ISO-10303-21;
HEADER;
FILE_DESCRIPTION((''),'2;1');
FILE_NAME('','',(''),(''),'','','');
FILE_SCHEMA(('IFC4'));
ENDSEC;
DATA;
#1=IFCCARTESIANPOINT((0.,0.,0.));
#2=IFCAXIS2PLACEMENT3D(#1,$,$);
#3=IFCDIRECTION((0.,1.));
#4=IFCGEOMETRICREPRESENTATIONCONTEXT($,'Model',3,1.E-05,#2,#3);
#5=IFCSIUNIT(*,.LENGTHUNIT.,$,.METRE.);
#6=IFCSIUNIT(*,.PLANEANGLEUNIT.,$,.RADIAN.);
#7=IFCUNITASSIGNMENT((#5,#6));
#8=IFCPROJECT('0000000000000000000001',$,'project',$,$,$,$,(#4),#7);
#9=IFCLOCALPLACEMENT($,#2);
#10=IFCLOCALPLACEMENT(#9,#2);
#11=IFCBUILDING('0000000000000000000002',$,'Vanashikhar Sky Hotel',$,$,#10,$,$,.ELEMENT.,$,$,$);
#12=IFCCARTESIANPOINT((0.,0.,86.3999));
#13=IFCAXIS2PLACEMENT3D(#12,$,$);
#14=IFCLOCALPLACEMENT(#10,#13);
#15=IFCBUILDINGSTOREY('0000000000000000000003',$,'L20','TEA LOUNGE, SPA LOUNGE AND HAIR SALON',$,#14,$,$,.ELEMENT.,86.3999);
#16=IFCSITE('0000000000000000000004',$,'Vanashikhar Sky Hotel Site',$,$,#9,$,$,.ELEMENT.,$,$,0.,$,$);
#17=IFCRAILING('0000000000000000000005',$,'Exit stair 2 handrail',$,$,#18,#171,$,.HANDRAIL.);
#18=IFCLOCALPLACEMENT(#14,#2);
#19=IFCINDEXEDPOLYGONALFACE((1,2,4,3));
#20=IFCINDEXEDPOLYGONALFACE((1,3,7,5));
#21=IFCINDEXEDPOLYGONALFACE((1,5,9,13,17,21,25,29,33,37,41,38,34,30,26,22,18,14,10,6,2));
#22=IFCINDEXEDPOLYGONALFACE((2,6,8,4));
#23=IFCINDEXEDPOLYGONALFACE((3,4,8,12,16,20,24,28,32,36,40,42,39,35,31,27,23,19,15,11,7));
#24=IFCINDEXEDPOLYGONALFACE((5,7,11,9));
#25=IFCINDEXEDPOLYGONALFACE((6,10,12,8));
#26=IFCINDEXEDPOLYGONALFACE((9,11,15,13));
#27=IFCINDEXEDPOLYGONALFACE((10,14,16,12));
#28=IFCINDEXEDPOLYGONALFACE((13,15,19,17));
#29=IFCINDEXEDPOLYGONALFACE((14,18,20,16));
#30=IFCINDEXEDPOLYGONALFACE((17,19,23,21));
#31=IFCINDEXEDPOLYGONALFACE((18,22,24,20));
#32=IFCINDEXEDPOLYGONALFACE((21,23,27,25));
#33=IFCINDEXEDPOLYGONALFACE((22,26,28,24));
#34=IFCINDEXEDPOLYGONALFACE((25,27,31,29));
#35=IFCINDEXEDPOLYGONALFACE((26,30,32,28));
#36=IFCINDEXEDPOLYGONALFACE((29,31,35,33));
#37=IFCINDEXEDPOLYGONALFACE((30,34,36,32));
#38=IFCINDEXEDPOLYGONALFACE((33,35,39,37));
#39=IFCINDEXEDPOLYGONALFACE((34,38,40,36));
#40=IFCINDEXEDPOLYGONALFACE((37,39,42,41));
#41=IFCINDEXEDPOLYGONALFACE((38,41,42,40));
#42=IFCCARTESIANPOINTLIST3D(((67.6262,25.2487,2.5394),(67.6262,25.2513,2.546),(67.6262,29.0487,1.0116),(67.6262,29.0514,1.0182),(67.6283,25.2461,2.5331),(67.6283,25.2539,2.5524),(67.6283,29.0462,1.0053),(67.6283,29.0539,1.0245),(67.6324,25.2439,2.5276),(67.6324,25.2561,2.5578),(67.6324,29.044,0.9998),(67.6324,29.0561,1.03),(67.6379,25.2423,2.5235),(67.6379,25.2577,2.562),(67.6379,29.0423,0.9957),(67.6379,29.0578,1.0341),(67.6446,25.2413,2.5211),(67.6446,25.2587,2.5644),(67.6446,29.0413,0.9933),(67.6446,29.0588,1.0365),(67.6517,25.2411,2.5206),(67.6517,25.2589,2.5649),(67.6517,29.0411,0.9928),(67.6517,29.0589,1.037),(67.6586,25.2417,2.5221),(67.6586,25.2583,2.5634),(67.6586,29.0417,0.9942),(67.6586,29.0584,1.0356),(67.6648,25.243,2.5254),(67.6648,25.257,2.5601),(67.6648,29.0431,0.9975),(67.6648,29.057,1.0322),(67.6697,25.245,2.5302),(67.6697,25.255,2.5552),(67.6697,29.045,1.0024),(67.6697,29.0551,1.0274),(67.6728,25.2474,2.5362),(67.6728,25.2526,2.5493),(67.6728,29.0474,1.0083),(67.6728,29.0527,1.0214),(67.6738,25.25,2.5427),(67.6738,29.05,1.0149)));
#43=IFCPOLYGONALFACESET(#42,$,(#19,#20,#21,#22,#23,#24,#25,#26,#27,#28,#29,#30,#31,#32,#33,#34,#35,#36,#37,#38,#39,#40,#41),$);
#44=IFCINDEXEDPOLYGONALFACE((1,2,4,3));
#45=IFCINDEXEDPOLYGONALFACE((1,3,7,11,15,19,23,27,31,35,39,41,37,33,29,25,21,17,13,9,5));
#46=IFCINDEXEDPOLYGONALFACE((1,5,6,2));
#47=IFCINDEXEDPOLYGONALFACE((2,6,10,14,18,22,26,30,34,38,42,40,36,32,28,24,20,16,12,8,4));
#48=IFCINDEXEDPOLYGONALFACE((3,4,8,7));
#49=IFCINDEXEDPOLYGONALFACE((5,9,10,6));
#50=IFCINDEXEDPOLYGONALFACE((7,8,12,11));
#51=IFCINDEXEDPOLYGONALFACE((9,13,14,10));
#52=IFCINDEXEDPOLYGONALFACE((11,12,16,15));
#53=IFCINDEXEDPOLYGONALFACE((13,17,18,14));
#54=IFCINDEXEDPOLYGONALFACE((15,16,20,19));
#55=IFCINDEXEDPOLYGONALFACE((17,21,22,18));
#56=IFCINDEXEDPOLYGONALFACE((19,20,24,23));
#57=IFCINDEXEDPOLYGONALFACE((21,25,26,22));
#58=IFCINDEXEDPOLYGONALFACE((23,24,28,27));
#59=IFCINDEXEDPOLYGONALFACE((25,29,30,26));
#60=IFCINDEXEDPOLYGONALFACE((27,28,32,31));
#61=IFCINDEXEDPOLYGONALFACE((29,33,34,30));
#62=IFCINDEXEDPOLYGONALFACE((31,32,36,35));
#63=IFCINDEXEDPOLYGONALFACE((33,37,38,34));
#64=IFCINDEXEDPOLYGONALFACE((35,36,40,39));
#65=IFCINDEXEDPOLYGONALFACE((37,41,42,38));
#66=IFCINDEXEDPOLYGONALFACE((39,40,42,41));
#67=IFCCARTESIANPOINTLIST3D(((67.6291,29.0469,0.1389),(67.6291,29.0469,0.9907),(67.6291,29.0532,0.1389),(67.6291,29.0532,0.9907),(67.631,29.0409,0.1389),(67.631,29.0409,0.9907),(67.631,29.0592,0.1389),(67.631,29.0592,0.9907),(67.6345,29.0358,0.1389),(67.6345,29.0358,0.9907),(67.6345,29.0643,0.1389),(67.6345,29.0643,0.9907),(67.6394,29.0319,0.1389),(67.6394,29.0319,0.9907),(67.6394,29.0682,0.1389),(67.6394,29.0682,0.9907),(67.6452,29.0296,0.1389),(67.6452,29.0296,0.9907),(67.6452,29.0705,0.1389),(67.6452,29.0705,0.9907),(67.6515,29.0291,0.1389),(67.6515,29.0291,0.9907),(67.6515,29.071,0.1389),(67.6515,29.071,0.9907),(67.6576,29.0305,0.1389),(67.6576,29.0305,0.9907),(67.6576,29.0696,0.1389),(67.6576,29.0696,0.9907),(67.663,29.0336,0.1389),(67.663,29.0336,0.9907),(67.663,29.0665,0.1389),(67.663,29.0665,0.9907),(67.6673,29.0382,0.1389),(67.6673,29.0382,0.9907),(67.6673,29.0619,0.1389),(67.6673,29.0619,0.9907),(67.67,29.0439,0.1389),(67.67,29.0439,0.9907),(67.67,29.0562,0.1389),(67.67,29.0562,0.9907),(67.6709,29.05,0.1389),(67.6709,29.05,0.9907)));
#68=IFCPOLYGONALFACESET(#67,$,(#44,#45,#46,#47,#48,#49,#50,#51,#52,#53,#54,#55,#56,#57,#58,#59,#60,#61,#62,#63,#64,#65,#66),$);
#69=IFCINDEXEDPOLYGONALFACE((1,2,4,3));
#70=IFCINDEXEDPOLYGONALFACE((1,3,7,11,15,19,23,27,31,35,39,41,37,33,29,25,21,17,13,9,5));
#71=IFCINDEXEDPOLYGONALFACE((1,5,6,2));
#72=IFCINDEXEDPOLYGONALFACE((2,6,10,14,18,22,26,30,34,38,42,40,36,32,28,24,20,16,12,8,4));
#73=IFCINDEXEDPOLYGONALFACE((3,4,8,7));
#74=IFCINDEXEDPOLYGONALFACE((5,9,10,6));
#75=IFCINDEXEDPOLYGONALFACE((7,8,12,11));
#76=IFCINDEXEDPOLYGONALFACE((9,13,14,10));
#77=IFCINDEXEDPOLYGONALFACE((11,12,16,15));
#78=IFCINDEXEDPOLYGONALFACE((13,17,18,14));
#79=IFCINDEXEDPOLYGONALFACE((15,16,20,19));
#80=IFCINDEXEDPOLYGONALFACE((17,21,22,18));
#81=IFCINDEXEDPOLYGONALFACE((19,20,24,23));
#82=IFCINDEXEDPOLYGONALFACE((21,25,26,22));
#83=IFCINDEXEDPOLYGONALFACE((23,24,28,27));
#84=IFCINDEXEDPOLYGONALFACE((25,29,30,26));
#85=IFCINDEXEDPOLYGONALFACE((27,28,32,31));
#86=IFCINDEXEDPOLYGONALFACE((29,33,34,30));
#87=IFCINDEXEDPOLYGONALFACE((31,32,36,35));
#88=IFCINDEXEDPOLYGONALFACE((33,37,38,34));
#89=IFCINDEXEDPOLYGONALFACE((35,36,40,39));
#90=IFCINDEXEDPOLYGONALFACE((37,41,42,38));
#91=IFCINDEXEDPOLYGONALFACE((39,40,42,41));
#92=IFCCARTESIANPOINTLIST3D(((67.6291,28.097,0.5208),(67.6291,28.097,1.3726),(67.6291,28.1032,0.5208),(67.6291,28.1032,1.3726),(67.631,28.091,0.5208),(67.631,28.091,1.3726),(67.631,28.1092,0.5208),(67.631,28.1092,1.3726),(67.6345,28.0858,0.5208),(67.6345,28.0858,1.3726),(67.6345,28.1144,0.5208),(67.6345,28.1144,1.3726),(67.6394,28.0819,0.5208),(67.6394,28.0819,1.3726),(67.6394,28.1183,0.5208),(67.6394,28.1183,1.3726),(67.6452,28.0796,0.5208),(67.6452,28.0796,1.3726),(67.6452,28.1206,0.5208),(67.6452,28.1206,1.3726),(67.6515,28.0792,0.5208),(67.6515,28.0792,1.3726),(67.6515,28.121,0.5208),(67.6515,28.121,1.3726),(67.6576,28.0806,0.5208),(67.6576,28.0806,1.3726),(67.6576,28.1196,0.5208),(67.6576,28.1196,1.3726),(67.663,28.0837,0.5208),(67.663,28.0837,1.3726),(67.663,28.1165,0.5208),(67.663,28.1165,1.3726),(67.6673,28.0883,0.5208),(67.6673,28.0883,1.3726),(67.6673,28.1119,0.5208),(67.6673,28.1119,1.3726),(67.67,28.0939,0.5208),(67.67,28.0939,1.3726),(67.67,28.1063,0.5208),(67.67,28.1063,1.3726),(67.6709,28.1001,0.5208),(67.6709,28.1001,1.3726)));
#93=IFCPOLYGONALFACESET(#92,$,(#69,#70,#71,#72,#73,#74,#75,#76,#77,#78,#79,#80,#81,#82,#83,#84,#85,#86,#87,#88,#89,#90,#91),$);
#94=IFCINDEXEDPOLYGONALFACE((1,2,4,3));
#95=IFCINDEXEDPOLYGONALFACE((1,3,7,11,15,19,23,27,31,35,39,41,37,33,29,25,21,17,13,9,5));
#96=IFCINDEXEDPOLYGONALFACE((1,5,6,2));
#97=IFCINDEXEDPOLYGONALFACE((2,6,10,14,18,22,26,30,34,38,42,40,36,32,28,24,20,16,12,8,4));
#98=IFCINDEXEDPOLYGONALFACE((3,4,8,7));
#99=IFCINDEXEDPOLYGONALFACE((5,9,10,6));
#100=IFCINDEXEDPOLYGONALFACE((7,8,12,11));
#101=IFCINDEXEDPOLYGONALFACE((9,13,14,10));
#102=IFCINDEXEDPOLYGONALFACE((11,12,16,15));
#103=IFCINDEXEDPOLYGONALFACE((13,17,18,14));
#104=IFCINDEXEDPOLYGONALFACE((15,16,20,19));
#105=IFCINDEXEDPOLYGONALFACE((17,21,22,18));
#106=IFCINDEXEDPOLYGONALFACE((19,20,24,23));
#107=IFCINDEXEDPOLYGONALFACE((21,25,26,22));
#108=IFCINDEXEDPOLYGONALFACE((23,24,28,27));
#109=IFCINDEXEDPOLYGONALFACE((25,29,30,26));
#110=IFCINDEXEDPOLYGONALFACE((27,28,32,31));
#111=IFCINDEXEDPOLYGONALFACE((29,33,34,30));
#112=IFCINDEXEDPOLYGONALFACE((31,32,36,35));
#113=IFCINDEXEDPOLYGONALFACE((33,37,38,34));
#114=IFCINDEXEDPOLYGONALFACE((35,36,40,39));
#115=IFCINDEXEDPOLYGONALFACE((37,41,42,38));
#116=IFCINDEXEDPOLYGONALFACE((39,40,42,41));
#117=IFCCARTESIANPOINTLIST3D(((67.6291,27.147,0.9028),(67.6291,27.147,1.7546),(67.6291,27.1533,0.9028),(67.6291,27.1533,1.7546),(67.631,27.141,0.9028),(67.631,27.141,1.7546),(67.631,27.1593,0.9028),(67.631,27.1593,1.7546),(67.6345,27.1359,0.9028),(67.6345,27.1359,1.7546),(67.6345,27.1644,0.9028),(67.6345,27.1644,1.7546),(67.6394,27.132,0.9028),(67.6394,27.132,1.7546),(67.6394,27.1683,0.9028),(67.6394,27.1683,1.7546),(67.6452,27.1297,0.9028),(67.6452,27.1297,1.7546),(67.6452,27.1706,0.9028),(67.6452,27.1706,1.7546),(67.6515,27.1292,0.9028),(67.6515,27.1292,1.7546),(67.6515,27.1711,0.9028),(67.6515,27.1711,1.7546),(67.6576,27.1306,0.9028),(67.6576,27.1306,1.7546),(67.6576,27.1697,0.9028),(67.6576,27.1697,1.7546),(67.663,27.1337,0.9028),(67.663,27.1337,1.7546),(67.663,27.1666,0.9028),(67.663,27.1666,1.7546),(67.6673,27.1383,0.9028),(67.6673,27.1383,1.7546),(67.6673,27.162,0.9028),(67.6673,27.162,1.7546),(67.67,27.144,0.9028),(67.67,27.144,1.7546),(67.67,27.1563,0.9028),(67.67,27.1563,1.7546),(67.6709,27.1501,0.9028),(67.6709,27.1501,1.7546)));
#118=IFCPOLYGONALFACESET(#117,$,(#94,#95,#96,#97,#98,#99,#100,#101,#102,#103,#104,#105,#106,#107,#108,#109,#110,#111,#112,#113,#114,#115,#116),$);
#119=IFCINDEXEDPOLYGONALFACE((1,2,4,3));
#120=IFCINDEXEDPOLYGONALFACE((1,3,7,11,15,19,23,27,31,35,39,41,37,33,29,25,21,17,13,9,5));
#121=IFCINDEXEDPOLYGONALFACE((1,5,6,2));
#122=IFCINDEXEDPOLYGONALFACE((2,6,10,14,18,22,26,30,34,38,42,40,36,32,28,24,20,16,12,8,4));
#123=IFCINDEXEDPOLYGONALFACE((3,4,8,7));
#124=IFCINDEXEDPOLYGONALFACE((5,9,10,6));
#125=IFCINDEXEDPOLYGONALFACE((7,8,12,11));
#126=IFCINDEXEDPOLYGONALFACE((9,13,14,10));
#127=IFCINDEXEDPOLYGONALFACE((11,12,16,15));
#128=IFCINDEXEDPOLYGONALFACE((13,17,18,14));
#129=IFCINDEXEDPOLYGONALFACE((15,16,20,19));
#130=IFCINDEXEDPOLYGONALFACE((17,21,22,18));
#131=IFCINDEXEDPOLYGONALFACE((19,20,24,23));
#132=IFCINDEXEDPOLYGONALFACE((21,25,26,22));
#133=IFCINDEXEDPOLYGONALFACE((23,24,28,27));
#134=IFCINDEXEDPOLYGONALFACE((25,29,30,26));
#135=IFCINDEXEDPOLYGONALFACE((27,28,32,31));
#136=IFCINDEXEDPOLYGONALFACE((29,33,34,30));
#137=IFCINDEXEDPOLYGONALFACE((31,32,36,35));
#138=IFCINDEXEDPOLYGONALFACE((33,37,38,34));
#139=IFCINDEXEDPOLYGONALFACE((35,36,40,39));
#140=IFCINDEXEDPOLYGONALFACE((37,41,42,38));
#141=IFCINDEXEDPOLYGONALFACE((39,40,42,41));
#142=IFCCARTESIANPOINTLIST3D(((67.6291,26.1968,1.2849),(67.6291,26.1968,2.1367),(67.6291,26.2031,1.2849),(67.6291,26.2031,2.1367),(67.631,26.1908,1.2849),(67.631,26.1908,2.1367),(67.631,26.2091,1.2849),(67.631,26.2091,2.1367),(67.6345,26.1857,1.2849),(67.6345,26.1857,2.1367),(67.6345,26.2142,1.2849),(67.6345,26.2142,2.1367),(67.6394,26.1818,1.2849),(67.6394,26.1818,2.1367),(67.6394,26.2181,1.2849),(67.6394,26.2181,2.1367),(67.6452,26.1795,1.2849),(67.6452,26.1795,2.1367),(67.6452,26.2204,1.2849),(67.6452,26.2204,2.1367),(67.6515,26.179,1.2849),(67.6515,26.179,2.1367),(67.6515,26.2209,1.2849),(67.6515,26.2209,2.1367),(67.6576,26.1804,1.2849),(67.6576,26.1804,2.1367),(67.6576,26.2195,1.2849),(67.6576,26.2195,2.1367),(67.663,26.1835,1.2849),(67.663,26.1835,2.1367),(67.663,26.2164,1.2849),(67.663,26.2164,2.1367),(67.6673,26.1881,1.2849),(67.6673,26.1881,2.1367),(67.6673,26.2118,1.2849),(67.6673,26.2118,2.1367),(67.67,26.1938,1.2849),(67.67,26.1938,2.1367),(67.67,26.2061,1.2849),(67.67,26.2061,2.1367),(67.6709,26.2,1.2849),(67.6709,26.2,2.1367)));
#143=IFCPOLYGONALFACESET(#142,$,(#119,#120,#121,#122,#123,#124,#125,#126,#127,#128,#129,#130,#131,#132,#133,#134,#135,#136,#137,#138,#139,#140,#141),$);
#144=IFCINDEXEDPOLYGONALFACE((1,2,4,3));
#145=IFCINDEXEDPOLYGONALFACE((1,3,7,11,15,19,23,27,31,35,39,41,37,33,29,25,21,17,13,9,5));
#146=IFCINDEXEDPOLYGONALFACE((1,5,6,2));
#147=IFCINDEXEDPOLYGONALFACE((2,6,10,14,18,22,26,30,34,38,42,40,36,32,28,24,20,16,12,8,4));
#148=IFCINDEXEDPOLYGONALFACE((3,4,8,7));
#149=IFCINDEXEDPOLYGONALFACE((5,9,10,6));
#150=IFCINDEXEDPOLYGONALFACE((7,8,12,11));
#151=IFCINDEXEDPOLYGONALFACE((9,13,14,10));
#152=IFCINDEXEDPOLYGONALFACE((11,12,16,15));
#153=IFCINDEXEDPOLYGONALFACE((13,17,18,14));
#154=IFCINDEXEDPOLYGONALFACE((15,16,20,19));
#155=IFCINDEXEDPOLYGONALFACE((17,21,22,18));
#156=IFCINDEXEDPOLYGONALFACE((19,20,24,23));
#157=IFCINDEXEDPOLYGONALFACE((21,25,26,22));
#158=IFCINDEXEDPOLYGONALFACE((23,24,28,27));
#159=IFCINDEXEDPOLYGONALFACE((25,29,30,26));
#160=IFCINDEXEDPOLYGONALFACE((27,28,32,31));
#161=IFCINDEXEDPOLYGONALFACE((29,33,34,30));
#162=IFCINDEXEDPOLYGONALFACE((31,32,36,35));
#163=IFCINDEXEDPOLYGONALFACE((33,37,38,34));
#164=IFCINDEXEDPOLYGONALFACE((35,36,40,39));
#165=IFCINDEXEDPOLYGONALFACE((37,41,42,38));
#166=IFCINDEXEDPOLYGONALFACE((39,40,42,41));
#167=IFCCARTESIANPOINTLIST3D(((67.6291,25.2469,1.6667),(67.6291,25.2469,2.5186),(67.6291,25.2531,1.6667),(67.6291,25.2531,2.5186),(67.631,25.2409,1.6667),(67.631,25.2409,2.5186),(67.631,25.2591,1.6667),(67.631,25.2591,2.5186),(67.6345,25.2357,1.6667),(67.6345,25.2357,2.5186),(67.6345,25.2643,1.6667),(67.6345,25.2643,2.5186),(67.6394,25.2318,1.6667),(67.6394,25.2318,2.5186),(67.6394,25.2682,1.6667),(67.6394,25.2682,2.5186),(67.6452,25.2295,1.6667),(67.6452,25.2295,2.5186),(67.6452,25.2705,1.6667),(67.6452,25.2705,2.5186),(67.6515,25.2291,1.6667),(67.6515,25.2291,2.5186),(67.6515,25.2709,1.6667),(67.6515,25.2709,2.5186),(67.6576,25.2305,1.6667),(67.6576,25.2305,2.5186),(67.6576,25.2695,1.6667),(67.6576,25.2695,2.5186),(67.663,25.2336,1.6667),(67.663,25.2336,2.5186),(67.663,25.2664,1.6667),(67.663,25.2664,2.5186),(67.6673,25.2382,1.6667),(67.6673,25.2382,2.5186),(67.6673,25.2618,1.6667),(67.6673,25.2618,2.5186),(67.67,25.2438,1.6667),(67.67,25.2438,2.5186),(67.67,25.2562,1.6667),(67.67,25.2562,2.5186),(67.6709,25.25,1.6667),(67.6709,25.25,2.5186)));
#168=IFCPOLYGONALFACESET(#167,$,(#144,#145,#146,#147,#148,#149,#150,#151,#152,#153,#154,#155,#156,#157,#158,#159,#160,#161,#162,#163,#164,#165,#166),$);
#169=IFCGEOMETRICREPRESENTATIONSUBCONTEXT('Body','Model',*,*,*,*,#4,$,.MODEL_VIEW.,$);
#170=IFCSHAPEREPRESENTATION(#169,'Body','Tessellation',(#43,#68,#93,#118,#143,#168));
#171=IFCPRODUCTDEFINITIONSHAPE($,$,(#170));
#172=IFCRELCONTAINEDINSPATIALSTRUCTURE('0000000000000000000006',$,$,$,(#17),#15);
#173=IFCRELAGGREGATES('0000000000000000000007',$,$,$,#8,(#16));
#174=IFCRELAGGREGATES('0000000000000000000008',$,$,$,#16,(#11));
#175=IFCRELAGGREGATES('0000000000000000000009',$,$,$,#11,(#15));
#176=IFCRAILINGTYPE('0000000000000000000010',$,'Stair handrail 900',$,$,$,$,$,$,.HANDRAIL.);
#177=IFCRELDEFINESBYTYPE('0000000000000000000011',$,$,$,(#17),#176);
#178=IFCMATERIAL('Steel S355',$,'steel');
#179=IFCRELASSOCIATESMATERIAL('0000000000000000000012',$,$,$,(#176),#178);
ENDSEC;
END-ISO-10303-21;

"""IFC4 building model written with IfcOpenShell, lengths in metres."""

from ifc_helpers import new_model, si_unit, direction, frame, origin, origin_2d, place, context, subcontext, project, spatial, circle, extrude, source, transform, mapped, material, type_object, element, save


model = new_model("IFC4")

# Units and contexts
model_context = context("Model", 3, precision=1e-05, world=origin(), true_north=direction((0.0, 1.0)))
body_context = subcontext(model_context, "Body", "Model", "MODEL_VIEW")
ifc_project = project(units=[si_unit("LENGTHUNIT", "METRE"), si_unit("PLANEANGLEUNIT", "RADIAN")], contexts=[model_context])

# Site, building, storey
site_placement = place(None, origin())
site = spatial("IfcSite", under=ifc_project, at=site_placement, Name="Vanashikhar Sky Hotel Site", CompositionType="ELEMENT", RefElevation=0.0)
building_placement = place(site_placement, origin())
building = spatial("IfcBuilding", under=site, at=building_placement, Name="Vanashikhar Sky Hotel", CompositionType="ELEMENT")
storey_placement = place(building_placement, frame((0.0, 0.0, 86.3999)))
storey = spatial("IfcBuildingStorey", under=building, at=storey_placement, Name="L20", Description="TEA LOUNGE, SPA LOUNGE AND HAIR SALON", CompositionType="ELEMENT", Elevation=86.3999)

# Railing
ifc_material_1 = material(Name="Steel S355", Category="steel")
railing_type_1 = type_object("IfcRailingType", Name="Stair handrail 900", PredefinedType="HANDRAIL", material=ifc_material_1)
shared_shape_1 = source(origin(), body_context, "Body", "SweptSolid", [
    extrude(circle(Radius=0.0239, at=origin_2d()), frame((0.0, 0.0, 0.876), z_axis=(0.0, -0.927817, 0.373034), x_axis=(1.0, 0.0, 0.0)), (0.0, 0.0, 1.0), 4.0957),
    extrude(circle(Radius=0.021, at=origin_2d()), origin(), (0.0, 0.0, 1.0), 0.8518),
    extrude(circle(Radius=0.021, at=origin_2d()), frame((0.0, -0.95, 0.3818)), (0.0, 0.0, 1.0), 0.8518),
    extrude(circle(Radius=0.021, at=origin_2d()), frame((0.0, -1.8999, 0.7639)), (0.0, 0.0, 1.0), 0.8518),
    extrude(circle(Radius=0.021, at=origin_2d()), frame((0.0, -2.8501, 1.146)), (0.0, 0.0, 1.0), 0.8518),
    extrude(circle(Radius=0.021, at=origin_2d()), frame((0.0, -3.8, 1.5278)), (0.0, 0.0, 1.0), 0.8518),
])
for number, where, name in (
    (1, (67.6499, 29.05, 0.1389), "Exit stair 2 handrail"),
):
    element("IfcRailing", number, at=place(storey_placement, frame(where)), inside=storey, type_object=railing_type_1, Name=name, PredefinedType="HANDRAIL", context=body_context, shape_type="MappedRepresentation", body=[
        mapped(shared_shape_1, transform((0.0, 0.0, 0.0), scale=1.0)),
    ])

save(model, "model.ifc")
